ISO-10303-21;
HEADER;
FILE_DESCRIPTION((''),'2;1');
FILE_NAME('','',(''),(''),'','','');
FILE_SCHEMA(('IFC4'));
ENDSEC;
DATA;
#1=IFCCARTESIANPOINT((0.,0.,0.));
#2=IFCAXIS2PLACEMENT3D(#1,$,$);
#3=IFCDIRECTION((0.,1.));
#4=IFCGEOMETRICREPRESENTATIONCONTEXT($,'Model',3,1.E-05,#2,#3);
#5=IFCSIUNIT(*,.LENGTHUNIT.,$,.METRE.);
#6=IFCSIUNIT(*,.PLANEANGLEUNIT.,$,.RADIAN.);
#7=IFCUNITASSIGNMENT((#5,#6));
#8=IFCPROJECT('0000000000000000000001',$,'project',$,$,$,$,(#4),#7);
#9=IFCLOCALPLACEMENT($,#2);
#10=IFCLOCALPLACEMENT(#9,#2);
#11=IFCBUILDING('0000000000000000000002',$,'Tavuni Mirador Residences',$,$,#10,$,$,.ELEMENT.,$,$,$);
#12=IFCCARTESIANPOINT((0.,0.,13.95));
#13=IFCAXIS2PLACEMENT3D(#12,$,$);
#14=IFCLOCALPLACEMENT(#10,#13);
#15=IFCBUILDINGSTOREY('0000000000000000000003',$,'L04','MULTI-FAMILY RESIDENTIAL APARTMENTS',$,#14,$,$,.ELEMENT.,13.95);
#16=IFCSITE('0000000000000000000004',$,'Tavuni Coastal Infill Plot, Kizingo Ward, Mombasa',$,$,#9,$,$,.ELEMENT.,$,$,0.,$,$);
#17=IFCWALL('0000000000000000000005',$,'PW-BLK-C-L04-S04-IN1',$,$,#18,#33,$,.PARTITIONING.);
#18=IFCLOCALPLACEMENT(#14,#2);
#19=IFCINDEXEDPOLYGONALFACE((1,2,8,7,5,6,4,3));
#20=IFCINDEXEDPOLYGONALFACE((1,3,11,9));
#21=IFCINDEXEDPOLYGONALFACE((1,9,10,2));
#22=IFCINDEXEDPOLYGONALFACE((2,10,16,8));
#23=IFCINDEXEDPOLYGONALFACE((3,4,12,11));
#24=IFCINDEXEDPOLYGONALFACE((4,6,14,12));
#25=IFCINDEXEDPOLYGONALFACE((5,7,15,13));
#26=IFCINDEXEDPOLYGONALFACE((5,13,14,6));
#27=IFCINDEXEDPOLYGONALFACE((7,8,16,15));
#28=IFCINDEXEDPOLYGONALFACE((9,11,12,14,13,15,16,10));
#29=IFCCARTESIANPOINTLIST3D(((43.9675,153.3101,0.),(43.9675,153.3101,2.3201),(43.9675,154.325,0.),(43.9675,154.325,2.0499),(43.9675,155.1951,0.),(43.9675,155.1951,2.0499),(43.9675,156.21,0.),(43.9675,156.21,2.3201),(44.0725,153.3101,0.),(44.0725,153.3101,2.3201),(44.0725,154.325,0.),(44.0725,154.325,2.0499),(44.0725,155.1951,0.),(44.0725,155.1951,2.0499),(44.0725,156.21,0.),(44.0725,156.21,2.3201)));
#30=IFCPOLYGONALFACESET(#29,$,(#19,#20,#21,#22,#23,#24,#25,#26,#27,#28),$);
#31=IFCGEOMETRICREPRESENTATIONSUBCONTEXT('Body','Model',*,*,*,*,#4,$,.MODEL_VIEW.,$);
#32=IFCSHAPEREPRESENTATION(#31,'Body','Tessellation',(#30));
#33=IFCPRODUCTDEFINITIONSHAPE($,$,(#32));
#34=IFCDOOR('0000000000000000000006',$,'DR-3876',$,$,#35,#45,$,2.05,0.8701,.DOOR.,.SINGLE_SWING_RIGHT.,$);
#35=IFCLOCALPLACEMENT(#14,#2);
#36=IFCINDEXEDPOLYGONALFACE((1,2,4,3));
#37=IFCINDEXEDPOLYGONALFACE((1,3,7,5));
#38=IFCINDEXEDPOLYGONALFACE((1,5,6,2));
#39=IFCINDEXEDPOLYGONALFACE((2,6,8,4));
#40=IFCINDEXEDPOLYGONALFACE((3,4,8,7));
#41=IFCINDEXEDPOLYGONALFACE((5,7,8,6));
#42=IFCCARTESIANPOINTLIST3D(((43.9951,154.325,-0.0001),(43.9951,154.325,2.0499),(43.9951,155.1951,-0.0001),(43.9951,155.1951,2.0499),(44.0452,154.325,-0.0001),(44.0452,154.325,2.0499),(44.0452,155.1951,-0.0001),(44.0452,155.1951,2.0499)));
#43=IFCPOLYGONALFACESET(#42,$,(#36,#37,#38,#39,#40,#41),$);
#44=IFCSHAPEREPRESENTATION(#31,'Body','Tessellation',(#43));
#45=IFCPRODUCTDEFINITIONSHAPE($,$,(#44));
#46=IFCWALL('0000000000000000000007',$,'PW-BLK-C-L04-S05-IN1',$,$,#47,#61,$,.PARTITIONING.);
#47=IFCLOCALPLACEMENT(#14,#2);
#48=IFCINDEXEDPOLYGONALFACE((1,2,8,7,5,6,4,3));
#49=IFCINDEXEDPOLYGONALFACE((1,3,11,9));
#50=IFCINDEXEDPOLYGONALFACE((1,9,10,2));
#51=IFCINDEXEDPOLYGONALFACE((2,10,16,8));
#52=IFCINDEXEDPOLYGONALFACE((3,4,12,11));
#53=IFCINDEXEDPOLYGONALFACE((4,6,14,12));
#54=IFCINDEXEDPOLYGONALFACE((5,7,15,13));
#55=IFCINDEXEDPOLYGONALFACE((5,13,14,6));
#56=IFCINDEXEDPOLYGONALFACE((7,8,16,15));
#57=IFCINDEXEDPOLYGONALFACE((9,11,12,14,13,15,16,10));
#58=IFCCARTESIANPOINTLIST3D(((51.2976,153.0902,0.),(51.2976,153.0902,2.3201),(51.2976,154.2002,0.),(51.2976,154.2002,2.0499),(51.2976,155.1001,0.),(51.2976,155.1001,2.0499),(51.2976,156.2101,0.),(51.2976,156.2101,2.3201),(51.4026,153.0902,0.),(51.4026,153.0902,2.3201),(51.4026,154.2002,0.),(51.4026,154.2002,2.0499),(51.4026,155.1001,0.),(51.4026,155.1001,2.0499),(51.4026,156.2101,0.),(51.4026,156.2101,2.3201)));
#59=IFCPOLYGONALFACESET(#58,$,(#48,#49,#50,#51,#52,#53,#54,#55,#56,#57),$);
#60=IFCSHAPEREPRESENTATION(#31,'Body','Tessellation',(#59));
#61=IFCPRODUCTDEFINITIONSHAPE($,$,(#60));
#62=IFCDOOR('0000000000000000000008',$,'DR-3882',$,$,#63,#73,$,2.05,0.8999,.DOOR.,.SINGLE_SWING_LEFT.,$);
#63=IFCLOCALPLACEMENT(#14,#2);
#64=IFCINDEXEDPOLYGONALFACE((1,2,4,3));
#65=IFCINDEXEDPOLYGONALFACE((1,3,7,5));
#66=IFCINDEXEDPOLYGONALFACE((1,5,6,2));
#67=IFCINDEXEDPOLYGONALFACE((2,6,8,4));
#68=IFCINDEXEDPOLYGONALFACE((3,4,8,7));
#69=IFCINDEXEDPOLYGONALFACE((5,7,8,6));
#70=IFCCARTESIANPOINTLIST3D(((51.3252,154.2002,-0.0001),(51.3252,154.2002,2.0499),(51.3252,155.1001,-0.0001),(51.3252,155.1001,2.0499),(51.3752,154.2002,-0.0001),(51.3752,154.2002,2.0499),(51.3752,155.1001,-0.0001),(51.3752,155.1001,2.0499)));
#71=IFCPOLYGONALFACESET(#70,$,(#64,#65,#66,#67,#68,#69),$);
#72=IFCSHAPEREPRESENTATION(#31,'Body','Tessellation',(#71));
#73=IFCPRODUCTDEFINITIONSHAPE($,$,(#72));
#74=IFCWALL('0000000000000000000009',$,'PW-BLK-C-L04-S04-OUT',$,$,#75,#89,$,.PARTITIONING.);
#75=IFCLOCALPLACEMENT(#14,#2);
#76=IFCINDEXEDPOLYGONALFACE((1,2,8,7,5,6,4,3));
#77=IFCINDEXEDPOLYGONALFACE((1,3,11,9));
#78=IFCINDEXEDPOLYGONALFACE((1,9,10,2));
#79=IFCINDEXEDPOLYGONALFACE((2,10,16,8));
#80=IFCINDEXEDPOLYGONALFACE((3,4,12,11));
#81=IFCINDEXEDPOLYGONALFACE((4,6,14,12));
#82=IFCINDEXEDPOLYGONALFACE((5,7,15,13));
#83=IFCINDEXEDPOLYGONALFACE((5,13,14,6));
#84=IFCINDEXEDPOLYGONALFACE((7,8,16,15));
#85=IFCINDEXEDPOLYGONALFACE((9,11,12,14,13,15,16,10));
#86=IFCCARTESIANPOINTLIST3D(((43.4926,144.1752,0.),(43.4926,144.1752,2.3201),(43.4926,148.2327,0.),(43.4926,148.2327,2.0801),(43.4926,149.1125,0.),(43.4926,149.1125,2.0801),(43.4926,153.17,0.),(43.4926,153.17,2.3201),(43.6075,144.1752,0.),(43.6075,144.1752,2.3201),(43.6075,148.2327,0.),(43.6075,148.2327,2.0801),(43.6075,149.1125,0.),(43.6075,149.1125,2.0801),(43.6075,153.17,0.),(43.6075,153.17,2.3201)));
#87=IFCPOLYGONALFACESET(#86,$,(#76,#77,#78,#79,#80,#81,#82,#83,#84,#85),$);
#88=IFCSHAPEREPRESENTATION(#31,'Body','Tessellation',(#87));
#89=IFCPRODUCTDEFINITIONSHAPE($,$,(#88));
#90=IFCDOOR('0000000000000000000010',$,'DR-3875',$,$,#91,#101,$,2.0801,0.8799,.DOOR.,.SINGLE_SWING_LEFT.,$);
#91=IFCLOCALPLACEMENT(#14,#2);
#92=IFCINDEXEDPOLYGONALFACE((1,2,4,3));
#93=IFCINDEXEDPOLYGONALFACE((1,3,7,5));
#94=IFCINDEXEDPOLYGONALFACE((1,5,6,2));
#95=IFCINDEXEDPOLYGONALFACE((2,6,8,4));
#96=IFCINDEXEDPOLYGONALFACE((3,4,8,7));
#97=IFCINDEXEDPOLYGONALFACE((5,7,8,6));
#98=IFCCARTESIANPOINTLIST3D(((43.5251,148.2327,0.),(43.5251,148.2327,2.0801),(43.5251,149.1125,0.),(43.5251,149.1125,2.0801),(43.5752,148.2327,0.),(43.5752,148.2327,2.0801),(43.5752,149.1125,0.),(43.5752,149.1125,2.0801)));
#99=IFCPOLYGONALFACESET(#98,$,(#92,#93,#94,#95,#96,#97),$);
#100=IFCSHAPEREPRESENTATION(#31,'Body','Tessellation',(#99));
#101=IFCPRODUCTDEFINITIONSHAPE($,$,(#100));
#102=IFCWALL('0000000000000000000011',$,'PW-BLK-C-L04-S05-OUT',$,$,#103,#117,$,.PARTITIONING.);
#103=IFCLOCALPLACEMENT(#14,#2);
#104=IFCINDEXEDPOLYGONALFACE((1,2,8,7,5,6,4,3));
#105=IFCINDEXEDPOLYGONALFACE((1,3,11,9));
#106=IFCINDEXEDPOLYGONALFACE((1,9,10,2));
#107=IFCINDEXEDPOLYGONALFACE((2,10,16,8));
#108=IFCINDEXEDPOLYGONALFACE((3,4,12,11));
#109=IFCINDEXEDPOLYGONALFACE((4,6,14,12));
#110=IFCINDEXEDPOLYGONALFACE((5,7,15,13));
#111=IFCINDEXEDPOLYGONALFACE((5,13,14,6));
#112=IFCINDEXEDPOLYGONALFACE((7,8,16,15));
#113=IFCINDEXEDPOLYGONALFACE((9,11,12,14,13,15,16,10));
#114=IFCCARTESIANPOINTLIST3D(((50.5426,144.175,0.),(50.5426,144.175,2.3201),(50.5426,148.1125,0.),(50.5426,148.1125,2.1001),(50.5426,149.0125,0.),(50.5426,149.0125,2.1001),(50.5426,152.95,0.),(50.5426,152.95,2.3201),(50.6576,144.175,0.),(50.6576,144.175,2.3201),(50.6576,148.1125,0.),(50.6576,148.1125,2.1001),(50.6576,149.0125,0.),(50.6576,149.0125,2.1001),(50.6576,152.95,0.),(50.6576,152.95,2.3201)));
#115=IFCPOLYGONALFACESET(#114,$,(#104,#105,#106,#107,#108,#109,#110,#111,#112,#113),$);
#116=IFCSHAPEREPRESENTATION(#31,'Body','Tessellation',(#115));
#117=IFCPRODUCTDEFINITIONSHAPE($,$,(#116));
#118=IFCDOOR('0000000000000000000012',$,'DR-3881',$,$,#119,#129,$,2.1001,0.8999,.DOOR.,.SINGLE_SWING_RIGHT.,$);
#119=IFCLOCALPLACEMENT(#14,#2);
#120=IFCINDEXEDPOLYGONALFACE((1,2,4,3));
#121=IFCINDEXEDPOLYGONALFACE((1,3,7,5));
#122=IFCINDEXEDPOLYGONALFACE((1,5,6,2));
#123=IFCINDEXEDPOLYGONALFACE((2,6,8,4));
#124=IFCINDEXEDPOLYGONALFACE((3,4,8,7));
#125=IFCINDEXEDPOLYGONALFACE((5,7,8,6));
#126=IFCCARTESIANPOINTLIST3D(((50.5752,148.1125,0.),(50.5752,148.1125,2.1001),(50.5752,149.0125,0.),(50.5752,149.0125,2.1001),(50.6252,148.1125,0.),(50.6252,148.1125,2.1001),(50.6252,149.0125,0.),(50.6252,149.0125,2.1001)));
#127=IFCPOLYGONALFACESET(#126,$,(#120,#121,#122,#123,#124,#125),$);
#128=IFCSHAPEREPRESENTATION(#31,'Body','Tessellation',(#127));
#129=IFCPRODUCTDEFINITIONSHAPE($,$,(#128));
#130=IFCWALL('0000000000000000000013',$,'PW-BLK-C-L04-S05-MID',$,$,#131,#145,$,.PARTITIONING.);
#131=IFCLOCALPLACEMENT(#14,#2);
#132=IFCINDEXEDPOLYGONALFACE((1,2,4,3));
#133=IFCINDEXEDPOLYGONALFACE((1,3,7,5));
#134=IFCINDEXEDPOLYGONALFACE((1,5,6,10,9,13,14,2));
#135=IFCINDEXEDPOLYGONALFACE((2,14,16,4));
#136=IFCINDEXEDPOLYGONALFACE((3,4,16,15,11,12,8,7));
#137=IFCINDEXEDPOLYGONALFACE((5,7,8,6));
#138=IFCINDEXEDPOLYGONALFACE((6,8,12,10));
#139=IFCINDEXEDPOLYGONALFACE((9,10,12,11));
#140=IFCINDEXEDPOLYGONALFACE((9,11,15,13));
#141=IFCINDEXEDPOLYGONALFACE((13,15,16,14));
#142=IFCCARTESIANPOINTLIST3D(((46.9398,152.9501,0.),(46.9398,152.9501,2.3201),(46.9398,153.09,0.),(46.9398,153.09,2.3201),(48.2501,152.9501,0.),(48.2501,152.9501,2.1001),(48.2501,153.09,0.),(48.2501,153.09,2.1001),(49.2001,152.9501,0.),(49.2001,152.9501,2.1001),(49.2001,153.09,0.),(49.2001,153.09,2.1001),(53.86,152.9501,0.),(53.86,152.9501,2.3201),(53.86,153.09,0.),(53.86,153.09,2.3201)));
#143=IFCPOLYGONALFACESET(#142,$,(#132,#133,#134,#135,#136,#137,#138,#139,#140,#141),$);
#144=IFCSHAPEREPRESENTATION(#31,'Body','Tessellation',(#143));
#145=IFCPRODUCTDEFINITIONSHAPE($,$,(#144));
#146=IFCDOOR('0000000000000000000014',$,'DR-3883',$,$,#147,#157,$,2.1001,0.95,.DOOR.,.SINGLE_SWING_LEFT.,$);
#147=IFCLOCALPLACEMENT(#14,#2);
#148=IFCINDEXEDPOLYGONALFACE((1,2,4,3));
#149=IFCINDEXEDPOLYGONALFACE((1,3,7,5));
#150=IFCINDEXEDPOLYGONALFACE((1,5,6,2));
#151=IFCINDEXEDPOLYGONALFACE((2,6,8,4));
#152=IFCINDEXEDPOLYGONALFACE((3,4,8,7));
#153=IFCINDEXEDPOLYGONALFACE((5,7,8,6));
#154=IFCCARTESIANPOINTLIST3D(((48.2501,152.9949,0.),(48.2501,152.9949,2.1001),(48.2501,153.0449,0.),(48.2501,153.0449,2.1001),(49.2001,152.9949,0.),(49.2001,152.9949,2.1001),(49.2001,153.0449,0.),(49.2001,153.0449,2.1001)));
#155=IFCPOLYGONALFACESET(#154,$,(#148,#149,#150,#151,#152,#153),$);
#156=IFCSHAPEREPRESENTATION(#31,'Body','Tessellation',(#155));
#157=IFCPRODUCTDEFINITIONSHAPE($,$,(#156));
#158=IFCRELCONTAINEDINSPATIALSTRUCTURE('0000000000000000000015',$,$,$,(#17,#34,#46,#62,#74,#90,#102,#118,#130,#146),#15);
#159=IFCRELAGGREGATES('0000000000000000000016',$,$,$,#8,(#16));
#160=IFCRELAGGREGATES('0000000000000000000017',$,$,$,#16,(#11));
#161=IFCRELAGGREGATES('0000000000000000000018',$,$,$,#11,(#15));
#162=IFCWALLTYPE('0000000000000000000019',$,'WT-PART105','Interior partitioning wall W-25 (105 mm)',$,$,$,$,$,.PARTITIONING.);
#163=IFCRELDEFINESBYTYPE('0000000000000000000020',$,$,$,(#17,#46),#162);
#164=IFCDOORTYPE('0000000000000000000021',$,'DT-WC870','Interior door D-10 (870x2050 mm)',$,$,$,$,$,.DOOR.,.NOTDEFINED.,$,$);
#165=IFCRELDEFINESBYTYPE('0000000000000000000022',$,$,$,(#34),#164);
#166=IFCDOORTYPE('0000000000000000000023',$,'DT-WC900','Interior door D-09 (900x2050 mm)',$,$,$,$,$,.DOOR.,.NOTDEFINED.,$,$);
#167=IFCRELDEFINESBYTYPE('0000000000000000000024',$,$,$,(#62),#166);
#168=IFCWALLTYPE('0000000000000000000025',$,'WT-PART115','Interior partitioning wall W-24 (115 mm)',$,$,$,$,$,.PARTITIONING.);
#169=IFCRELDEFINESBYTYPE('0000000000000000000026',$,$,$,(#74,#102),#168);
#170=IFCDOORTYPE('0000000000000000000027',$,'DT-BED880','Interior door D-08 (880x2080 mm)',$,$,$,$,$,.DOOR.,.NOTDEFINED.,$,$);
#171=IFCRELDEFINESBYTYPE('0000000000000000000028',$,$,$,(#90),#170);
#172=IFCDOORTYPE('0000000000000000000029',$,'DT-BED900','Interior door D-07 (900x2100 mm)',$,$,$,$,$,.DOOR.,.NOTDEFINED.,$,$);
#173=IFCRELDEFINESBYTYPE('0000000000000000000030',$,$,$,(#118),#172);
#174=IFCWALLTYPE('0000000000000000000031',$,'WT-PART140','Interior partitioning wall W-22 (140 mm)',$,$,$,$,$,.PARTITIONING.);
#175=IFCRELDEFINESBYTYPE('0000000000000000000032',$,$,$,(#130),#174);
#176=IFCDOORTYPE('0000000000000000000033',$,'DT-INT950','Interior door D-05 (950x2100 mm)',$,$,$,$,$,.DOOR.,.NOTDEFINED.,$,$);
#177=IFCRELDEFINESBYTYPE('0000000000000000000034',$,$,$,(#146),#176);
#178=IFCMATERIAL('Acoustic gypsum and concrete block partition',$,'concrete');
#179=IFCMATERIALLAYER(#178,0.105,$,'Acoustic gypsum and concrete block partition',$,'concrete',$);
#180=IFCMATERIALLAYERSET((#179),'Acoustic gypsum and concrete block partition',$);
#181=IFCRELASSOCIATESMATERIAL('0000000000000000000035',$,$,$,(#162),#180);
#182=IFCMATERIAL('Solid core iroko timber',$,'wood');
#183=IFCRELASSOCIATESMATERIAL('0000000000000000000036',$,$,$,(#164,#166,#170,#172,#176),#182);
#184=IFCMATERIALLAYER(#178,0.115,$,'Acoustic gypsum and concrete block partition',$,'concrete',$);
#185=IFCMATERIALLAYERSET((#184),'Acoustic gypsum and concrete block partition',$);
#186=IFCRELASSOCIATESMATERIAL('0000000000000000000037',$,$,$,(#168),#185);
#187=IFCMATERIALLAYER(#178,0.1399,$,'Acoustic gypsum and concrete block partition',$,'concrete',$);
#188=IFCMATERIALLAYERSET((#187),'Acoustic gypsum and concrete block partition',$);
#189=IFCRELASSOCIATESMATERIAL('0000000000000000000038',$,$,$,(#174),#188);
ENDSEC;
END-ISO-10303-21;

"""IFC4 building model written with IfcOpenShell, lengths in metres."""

from ifc_helpers import new_model, si_unit, direction, frame, frame_2d, origin, place, context, subcontext, project, spatial, rectangle, extrude, material, layer, layer_set, type_object, element, fill, save


model = new_model("IFC4")

# Units and contexts
model_context = context("Model", 3, precision=1e-05, world=origin(), true_north=direction((0.0, 1.0)))
body_context = subcontext(model_context, "Body", "Model", "MODEL_VIEW")
ifc_project = project(units=[si_unit("LENGTHUNIT", "METRE"), si_unit("PLANEANGLEUNIT", "RADIAN")], contexts=[model_context])

# Site, building, storey
site_placement = place(None, origin())
site = spatial("IfcSite", under=ifc_project, at=site_placement, Name="Tavuni Coastal Infill Plot, Kizingo Ward, Mombasa", CompositionType="ELEMENT", RefElevation=0.0)
building_placement = place(site_placement, origin())
building = spatial("IfcBuilding", under=site, at=building_placement, Name="Tavuni Mirador Residences", CompositionType="ELEMENT")
storey_placement = place(building_placement, frame((0.0, 0.0, 13.95)))
storey = spatial("IfcBuildingStorey", under=building, at=storey_placement, Name="L04", Description="MULTI-FAMILY RESIDENTIAL APARTMENTS", CompositionType="ELEMENT", Elevation=13.95)

# Walls, openings, doors
ifc_material_1 = material(Name="Acoustic gypsum and concrete block partition", Category="concrete")
ifc_layer_1 = layer(ifc_material_1, 0.105, Name="Acoustic gypsum and concrete block partition", Category="concrete")
ifc_layer_set_1 = layer_set([ifc_layer_1], Name="Acoustic gypsum and concrete block partition")
wall_type_1 = type_object("IfcWallType", Name="WT-PART105", Description="Interior partitioning wall W-25 (105 mm)", PredefinedType="PARTITIONING", material=ifc_layer_set_1)
wall_1_placement = place(storey_placement, frame((44.02, 153.3101, 0.0), z_axis=(0.0, 0.0, 1.0), x_axis=(0.0, 1.0, 0.0)))
wall_1 = element("IfcWall", 1, at=wall_1_placement, inside=storey, type_object=wall_type_1, Name="PW-BLK-C-L04-S04-IN1", PredefinedType="PARTITIONING", context=body_context, shape_type="SweptSolid", body=[
    extrude(rectangle(XDim=2.8999, YDim=0.105, at=frame_2d((1.45, 0.0))), origin(), (0.0, 0.0, 1.0), 2.3201),
])
opening_1_placement = place(wall_1_placement, frame((1.0149, 0.0, 0.0)))
opening_1 = element("IfcOpeningElement", 2, at=opening_1_placement, cuts=wall_1, PredefinedType="OPENING", context=body_context, shape_type="SweptSolid", body=[
    extrude(rectangle(XDim=0.8701, YDim=2.05, at=frame_2d((0.4351, 1.0249))), frame((0.0, 0.0625, 0.0), z_axis=(0.0, -1.0, 0.0), x_axis=(1.0, 0.0, 0.0)), (0.0, 0.0, 1.0), 0.125),
])
ifc_material_2 = material(Name="Solid core iroko timber", Category="wood")
door_type_1 = type_object("IfcDoorType", Name="DT-WC870", Description="Interior door D-10 (870x2050 mm)", OperationType="NOTDEFINED", PredefinedType="DOOR", material=ifc_material_2)
door_1_placement = place(opening_1_placement, origin())
door_1 = element("IfcDoor", 3, at=door_1_placement, inside=storey, type_object=door_type_1, Name="DR-3876", OperationType="SINGLE_SWING_RIGHT", OverallHeight=2.05, OverallWidth=0.8701, PredefinedType="DOOR", context=body_context, shape_type="SweptSolid", body=[
    extrude(rectangle(XDim=0.8701, YDim=2.05, at=frame_2d((0.4351, 1.0249))), frame((0.0, 0.0249, 0.0), z_axis=(0.0, -1.0, 0.0), x_axis=(1.0, 0.0, 0.0)), (0.0, 0.0, 1.0), 0.05),
])
fill(opening_1, door_1)
wall_2_placement = place(storey_placement, frame((51.3501, 153.0901, 0.0), z_axis=(0.0, 0.0, 1.0), x_axis=(0.0, 1.0, 0.0)))
wall_2 = element("IfcWall", 4, at=wall_2_placement, inside=storey, type_object=wall_type_1, Name="PW-BLK-C-L04-S05-IN1", PredefinedType="PARTITIONING", context=body_context, shape_type="SweptSolid", body=[
    extrude(rectangle(XDim=3.1199, YDim=0.105, at=frame_2d((1.5601, 0.0))), origin(), (0.0, 0.0, 1.0), 2.3201),
])
opening_2_placement = place(wall_2_placement, frame((1.1101, 0.0, 0.0)))
opening_2 = element("IfcOpeningElement", 5, at=opening_2_placement, cuts=wall_2, PredefinedType="OPENING", context=body_context, shape_type="SweptSolid", body=[
    extrude(rectangle(XDim=0.8999, YDim=2.05, at=frame_2d((0.45, 1.0249))), frame((0.0, 0.0625, 0.0), z_axis=(0.0, -1.0, 0.0), x_axis=(1.0, 0.0, 0.0)), (0.0, 0.0, 1.0), 0.125),
])
door_type_2 = type_object("IfcDoorType", Name="DT-WC900", Description="Interior door D-09 (900x2050 mm)", OperationType="NOTDEFINED", PredefinedType="DOOR", material=ifc_material_2)
door_2_placement = place(opening_2_placement, origin())
door_2 = element("IfcDoor", 6, at=door_2_placement, inside=storey, type_object=door_type_2, Name="DR-3882", OperationType="SINGLE_SWING_LEFT", OverallHeight=2.05, OverallWidth=0.8999, PredefinedType="DOOR", context=body_context, shape_type="SweptSolid", body=[
    extrude(rectangle(XDim=0.8999, YDim=2.05, at=frame_2d((0.45, 1.0249))), frame((0.0, 0.0249, 0.0), z_axis=(0.0, -1.0, 0.0), x_axis=(1.0, 0.0, 0.0)), (0.0, 0.0, 1.0), 0.05),
])
fill(opening_2, door_2)
ifc_layer_2 = layer(ifc_material_1, 0.115, Name="Acoustic gypsum and concrete block partition", Category="concrete")
ifc_layer_set_2 = layer_set([ifc_layer_2], Name="Acoustic gypsum and concrete block partition")
wall_type_2 = type_object("IfcWallType", Name="WT-PART115", Description="Interior partitioning wall W-24 (115 mm)", PredefinedType="PARTITIONING", material=ifc_layer_set_2)
wall_3_placement = place(storey_placement, frame((43.55, 144.175, 0.0), z_axis=(0.0, 0.0, 1.0), x_axis=(0.0, 1.0, 0.0)))
wall_3 = element("IfcWall", 7, at=wall_3_placement, inside=storey, type_object=wall_type_2, Name="PW-BLK-C-L04-S04-OUT", PredefinedType="PARTITIONING", context=body_context, shape_type="SweptSolid", body=[
    extrude(rectangle(XDim=8.9949, YDim=0.115, at=frame_2d((4.4976, 0.0))), origin(), (0.0, 0.0, 1.0), 2.3201),
])
opening_3_placement = place(wall_3_placement, frame((4.0576, 0.0, 0.0)))
opening_3 = element("IfcOpeningElement", 8, at=opening_3_placement, cuts=wall_3, PredefinedType="OPENING", context=body_context, shape_type="SweptSolid", body=[
    extrude(rectangle(XDim=0.8799, YDim=2.0801, at=frame_2d((0.4399, 1.04))), frame((0.0, 0.0674, 0.0), z_axis=(0.0, -1.0, 0.0), x_axis=(1.0, 0.0, 0.0)), (0.0, 0.0, 1.0), 0.135),
])
door_type_3 = type_object("IfcDoorType", Name="DT-BED880", Description="Interior door D-08 (880x2080 mm)", OperationType="NOTDEFINED", PredefinedType="DOOR", material=ifc_material_2)
door_3_placement = place(opening_3_placement, origin())
door_3 = element("IfcDoor", 9, at=door_3_placement, inside=storey, type_object=door_type_3, Name="DR-3875", OperationType="SINGLE_SWING_LEFT", OverallHeight=2.0801, OverallWidth=0.8799, PredefinedType="DOOR", context=body_context, shape_type="SweptSolid", body=[
    extrude(rectangle(XDim=0.8799, YDim=2.0801, at=frame_2d((0.4399, 1.04))), frame((0.0, 0.0249, 0.0), z_axis=(0.0, -1.0, 0.0), x_axis=(1.0, 0.0, 0.0)), (0.0, 0.0, 1.0), 0.05),
])
fill(opening_3, door_3)
wall_4_placement = place(storey_placement, frame((50.6001, 144.175, 0.0), z_axis=(0.0, 0.0, 1.0), x_axis=(0.0, 1.0, 0.0)))
wall_4 = element("IfcWall", 10, at=wall_4_placement, inside=storey, type_object=wall_type_2, Name="PW-BLK-C-L04-S05-OUT", PredefinedType="PARTITIONING", context=body_context, shape_type="SweptSolid", body=[
    extrude(rectangle(XDim=8.7749, YDim=0.115, at=frame_2d((4.3875, 0.0))), origin(), (0.0, 0.0, 1.0), 2.3201),
])
opening_4_placement = place(wall_4_placement, frame((3.9375, 0.0, 0.0)))
opening_4 = element("IfcOpeningElement", 11, at=opening_4_placement, cuts=wall_4, PredefinedType="OPENING", context=body_context, shape_type="SweptSolid", body=[
    extrude(rectangle(XDim=0.8999, YDim=2.1001, at=frame_2d((0.45, 1.05))), frame((0.0, 0.0674, 0.0), z_axis=(0.0, -1.0, 0.0), x_axis=(1.0, 0.0, 0.0)), (0.0, 0.0, 1.0), 0.135),
])
door_type_4 = type_object("IfcDoorType", Name="DT-BED900", Description="Interior door D-07 (900x2100 mm)", OperationType="NOTDEFINED", PredefinedType="DOOR", material=ifc_material_2)
door_4_placement = place(opening_4_placement, origin())
door_4 = element("IfcDoor", 12, at=door_4_placement, inside=storey, type_object=door_type_4, Name="DR-3881", OperationType="SINGLE_SWING_RIGHT", OverallHeight=2.1001, OverallWidth=0.8999, PredefinedType="DOOR", context=body_context, shape_type="SweptSolid", body=[
    extrude(rectangle(XDim=0.8999, YDim=2.1001, at=frame_2d((0.45, 1.05))), frame((0.0, 0.0249, 0.0), z_axis=(0.0, -1.0, 0.0), x_axis=(1.0, 0.0, 0.0)), (0.0, 0.0, 1.0), 0.05),
])
fill(opening_4, door_4)
ifc_layer_3 = layer(ifc_material_1, 0.1399, Name="Acoustic gypsum and concrete block partition", Category="concrete")
ifc_layer_set_3 = layer_set([ifc_layer_3], Name="Acoustic gypsum and concrete block partition")
wall_type_3 = type_object("IfcWallType", Name="WT-PART140", Description="Interior partitioning wall W-22 (140 mm)", PredefinedType="PARTITIONING", material=ifc_layer_set_3)
wall_5_placement = place(storey_placement, frame((46.9399, 153.02, 0.0), z_axis=(0.0, 0.0, 1.0), x_axis=(1.0, 0.0, 0.0)))
wall_5 = element("IfcWall", 13, at=wall_5_placement, inside=storey, type_object=wall_type_3, Name="PW-BLK-C-L04-S05-MID", PredefinedType="PARTITIONING", context=body_context, shape_type="SweptSolid", body=[
    extrude(rectangle(XDim=6.9202, YDim=0.1399, at=frame_2d((3.46, 0.0))), origin(), (0.0, 0.0, 1.0), 2.3201),
])
opening_5_placement = place(wall_5_placement, frame((1.3101, 0.0, 0.0)))
opening_5 = element("IfcOpeningElement", 14, at=opening_5_placement, cuts=wall_5, PredefinedType="OPENING", context=body_context, shape_type="SweptSolid", body=[
    extrude(rectangle(XDim=0.95, YDim=2.1001, at=frame_2d((0.4751, 1.05))), frame((0.0, 0.0801, 0.0), z_axis=(0.0, -1.0, 0.0), x_axis=(1.0, 0.0, 0.0)), (0.0, 0.0, 1.0), 0.1599),
])
door_type_5 = type_object("IfcDoorType", Name="DT-INT950", Description="Interior door D-05 (950x2100 mm)", OperationType="NOTDEFINED", PredefinedType="DOOR", material=ifc_material_2)
door_5_placement = place(opening_5_placement, origin())
door_5 = element("IfcDoor", 15, at=door_5_placement, inside=storey, type_object=door_type_5, Name="DR-3883", OperationType="SINGLE_SWING_LEFT", OverallHeight=2.1001, OverallWidth=0.95, PredefinedType="DOOR", context=body_context, shape_type="SweptSolid", body=[
    extrude(rectangle(XDim=0.95, YDim=2.1001, at=frame_2d((0.4751, 1.05))), frame((0.0, 0.0249, 0.0), z_axis=(0.0, -1.0, 0.0), x_axis=(1.0, 0.0, 0.0)), (0.0, 0.0, 1.0), 0.05),
])
fill(opening_5, door_5)

save(model, "model.ifc")
